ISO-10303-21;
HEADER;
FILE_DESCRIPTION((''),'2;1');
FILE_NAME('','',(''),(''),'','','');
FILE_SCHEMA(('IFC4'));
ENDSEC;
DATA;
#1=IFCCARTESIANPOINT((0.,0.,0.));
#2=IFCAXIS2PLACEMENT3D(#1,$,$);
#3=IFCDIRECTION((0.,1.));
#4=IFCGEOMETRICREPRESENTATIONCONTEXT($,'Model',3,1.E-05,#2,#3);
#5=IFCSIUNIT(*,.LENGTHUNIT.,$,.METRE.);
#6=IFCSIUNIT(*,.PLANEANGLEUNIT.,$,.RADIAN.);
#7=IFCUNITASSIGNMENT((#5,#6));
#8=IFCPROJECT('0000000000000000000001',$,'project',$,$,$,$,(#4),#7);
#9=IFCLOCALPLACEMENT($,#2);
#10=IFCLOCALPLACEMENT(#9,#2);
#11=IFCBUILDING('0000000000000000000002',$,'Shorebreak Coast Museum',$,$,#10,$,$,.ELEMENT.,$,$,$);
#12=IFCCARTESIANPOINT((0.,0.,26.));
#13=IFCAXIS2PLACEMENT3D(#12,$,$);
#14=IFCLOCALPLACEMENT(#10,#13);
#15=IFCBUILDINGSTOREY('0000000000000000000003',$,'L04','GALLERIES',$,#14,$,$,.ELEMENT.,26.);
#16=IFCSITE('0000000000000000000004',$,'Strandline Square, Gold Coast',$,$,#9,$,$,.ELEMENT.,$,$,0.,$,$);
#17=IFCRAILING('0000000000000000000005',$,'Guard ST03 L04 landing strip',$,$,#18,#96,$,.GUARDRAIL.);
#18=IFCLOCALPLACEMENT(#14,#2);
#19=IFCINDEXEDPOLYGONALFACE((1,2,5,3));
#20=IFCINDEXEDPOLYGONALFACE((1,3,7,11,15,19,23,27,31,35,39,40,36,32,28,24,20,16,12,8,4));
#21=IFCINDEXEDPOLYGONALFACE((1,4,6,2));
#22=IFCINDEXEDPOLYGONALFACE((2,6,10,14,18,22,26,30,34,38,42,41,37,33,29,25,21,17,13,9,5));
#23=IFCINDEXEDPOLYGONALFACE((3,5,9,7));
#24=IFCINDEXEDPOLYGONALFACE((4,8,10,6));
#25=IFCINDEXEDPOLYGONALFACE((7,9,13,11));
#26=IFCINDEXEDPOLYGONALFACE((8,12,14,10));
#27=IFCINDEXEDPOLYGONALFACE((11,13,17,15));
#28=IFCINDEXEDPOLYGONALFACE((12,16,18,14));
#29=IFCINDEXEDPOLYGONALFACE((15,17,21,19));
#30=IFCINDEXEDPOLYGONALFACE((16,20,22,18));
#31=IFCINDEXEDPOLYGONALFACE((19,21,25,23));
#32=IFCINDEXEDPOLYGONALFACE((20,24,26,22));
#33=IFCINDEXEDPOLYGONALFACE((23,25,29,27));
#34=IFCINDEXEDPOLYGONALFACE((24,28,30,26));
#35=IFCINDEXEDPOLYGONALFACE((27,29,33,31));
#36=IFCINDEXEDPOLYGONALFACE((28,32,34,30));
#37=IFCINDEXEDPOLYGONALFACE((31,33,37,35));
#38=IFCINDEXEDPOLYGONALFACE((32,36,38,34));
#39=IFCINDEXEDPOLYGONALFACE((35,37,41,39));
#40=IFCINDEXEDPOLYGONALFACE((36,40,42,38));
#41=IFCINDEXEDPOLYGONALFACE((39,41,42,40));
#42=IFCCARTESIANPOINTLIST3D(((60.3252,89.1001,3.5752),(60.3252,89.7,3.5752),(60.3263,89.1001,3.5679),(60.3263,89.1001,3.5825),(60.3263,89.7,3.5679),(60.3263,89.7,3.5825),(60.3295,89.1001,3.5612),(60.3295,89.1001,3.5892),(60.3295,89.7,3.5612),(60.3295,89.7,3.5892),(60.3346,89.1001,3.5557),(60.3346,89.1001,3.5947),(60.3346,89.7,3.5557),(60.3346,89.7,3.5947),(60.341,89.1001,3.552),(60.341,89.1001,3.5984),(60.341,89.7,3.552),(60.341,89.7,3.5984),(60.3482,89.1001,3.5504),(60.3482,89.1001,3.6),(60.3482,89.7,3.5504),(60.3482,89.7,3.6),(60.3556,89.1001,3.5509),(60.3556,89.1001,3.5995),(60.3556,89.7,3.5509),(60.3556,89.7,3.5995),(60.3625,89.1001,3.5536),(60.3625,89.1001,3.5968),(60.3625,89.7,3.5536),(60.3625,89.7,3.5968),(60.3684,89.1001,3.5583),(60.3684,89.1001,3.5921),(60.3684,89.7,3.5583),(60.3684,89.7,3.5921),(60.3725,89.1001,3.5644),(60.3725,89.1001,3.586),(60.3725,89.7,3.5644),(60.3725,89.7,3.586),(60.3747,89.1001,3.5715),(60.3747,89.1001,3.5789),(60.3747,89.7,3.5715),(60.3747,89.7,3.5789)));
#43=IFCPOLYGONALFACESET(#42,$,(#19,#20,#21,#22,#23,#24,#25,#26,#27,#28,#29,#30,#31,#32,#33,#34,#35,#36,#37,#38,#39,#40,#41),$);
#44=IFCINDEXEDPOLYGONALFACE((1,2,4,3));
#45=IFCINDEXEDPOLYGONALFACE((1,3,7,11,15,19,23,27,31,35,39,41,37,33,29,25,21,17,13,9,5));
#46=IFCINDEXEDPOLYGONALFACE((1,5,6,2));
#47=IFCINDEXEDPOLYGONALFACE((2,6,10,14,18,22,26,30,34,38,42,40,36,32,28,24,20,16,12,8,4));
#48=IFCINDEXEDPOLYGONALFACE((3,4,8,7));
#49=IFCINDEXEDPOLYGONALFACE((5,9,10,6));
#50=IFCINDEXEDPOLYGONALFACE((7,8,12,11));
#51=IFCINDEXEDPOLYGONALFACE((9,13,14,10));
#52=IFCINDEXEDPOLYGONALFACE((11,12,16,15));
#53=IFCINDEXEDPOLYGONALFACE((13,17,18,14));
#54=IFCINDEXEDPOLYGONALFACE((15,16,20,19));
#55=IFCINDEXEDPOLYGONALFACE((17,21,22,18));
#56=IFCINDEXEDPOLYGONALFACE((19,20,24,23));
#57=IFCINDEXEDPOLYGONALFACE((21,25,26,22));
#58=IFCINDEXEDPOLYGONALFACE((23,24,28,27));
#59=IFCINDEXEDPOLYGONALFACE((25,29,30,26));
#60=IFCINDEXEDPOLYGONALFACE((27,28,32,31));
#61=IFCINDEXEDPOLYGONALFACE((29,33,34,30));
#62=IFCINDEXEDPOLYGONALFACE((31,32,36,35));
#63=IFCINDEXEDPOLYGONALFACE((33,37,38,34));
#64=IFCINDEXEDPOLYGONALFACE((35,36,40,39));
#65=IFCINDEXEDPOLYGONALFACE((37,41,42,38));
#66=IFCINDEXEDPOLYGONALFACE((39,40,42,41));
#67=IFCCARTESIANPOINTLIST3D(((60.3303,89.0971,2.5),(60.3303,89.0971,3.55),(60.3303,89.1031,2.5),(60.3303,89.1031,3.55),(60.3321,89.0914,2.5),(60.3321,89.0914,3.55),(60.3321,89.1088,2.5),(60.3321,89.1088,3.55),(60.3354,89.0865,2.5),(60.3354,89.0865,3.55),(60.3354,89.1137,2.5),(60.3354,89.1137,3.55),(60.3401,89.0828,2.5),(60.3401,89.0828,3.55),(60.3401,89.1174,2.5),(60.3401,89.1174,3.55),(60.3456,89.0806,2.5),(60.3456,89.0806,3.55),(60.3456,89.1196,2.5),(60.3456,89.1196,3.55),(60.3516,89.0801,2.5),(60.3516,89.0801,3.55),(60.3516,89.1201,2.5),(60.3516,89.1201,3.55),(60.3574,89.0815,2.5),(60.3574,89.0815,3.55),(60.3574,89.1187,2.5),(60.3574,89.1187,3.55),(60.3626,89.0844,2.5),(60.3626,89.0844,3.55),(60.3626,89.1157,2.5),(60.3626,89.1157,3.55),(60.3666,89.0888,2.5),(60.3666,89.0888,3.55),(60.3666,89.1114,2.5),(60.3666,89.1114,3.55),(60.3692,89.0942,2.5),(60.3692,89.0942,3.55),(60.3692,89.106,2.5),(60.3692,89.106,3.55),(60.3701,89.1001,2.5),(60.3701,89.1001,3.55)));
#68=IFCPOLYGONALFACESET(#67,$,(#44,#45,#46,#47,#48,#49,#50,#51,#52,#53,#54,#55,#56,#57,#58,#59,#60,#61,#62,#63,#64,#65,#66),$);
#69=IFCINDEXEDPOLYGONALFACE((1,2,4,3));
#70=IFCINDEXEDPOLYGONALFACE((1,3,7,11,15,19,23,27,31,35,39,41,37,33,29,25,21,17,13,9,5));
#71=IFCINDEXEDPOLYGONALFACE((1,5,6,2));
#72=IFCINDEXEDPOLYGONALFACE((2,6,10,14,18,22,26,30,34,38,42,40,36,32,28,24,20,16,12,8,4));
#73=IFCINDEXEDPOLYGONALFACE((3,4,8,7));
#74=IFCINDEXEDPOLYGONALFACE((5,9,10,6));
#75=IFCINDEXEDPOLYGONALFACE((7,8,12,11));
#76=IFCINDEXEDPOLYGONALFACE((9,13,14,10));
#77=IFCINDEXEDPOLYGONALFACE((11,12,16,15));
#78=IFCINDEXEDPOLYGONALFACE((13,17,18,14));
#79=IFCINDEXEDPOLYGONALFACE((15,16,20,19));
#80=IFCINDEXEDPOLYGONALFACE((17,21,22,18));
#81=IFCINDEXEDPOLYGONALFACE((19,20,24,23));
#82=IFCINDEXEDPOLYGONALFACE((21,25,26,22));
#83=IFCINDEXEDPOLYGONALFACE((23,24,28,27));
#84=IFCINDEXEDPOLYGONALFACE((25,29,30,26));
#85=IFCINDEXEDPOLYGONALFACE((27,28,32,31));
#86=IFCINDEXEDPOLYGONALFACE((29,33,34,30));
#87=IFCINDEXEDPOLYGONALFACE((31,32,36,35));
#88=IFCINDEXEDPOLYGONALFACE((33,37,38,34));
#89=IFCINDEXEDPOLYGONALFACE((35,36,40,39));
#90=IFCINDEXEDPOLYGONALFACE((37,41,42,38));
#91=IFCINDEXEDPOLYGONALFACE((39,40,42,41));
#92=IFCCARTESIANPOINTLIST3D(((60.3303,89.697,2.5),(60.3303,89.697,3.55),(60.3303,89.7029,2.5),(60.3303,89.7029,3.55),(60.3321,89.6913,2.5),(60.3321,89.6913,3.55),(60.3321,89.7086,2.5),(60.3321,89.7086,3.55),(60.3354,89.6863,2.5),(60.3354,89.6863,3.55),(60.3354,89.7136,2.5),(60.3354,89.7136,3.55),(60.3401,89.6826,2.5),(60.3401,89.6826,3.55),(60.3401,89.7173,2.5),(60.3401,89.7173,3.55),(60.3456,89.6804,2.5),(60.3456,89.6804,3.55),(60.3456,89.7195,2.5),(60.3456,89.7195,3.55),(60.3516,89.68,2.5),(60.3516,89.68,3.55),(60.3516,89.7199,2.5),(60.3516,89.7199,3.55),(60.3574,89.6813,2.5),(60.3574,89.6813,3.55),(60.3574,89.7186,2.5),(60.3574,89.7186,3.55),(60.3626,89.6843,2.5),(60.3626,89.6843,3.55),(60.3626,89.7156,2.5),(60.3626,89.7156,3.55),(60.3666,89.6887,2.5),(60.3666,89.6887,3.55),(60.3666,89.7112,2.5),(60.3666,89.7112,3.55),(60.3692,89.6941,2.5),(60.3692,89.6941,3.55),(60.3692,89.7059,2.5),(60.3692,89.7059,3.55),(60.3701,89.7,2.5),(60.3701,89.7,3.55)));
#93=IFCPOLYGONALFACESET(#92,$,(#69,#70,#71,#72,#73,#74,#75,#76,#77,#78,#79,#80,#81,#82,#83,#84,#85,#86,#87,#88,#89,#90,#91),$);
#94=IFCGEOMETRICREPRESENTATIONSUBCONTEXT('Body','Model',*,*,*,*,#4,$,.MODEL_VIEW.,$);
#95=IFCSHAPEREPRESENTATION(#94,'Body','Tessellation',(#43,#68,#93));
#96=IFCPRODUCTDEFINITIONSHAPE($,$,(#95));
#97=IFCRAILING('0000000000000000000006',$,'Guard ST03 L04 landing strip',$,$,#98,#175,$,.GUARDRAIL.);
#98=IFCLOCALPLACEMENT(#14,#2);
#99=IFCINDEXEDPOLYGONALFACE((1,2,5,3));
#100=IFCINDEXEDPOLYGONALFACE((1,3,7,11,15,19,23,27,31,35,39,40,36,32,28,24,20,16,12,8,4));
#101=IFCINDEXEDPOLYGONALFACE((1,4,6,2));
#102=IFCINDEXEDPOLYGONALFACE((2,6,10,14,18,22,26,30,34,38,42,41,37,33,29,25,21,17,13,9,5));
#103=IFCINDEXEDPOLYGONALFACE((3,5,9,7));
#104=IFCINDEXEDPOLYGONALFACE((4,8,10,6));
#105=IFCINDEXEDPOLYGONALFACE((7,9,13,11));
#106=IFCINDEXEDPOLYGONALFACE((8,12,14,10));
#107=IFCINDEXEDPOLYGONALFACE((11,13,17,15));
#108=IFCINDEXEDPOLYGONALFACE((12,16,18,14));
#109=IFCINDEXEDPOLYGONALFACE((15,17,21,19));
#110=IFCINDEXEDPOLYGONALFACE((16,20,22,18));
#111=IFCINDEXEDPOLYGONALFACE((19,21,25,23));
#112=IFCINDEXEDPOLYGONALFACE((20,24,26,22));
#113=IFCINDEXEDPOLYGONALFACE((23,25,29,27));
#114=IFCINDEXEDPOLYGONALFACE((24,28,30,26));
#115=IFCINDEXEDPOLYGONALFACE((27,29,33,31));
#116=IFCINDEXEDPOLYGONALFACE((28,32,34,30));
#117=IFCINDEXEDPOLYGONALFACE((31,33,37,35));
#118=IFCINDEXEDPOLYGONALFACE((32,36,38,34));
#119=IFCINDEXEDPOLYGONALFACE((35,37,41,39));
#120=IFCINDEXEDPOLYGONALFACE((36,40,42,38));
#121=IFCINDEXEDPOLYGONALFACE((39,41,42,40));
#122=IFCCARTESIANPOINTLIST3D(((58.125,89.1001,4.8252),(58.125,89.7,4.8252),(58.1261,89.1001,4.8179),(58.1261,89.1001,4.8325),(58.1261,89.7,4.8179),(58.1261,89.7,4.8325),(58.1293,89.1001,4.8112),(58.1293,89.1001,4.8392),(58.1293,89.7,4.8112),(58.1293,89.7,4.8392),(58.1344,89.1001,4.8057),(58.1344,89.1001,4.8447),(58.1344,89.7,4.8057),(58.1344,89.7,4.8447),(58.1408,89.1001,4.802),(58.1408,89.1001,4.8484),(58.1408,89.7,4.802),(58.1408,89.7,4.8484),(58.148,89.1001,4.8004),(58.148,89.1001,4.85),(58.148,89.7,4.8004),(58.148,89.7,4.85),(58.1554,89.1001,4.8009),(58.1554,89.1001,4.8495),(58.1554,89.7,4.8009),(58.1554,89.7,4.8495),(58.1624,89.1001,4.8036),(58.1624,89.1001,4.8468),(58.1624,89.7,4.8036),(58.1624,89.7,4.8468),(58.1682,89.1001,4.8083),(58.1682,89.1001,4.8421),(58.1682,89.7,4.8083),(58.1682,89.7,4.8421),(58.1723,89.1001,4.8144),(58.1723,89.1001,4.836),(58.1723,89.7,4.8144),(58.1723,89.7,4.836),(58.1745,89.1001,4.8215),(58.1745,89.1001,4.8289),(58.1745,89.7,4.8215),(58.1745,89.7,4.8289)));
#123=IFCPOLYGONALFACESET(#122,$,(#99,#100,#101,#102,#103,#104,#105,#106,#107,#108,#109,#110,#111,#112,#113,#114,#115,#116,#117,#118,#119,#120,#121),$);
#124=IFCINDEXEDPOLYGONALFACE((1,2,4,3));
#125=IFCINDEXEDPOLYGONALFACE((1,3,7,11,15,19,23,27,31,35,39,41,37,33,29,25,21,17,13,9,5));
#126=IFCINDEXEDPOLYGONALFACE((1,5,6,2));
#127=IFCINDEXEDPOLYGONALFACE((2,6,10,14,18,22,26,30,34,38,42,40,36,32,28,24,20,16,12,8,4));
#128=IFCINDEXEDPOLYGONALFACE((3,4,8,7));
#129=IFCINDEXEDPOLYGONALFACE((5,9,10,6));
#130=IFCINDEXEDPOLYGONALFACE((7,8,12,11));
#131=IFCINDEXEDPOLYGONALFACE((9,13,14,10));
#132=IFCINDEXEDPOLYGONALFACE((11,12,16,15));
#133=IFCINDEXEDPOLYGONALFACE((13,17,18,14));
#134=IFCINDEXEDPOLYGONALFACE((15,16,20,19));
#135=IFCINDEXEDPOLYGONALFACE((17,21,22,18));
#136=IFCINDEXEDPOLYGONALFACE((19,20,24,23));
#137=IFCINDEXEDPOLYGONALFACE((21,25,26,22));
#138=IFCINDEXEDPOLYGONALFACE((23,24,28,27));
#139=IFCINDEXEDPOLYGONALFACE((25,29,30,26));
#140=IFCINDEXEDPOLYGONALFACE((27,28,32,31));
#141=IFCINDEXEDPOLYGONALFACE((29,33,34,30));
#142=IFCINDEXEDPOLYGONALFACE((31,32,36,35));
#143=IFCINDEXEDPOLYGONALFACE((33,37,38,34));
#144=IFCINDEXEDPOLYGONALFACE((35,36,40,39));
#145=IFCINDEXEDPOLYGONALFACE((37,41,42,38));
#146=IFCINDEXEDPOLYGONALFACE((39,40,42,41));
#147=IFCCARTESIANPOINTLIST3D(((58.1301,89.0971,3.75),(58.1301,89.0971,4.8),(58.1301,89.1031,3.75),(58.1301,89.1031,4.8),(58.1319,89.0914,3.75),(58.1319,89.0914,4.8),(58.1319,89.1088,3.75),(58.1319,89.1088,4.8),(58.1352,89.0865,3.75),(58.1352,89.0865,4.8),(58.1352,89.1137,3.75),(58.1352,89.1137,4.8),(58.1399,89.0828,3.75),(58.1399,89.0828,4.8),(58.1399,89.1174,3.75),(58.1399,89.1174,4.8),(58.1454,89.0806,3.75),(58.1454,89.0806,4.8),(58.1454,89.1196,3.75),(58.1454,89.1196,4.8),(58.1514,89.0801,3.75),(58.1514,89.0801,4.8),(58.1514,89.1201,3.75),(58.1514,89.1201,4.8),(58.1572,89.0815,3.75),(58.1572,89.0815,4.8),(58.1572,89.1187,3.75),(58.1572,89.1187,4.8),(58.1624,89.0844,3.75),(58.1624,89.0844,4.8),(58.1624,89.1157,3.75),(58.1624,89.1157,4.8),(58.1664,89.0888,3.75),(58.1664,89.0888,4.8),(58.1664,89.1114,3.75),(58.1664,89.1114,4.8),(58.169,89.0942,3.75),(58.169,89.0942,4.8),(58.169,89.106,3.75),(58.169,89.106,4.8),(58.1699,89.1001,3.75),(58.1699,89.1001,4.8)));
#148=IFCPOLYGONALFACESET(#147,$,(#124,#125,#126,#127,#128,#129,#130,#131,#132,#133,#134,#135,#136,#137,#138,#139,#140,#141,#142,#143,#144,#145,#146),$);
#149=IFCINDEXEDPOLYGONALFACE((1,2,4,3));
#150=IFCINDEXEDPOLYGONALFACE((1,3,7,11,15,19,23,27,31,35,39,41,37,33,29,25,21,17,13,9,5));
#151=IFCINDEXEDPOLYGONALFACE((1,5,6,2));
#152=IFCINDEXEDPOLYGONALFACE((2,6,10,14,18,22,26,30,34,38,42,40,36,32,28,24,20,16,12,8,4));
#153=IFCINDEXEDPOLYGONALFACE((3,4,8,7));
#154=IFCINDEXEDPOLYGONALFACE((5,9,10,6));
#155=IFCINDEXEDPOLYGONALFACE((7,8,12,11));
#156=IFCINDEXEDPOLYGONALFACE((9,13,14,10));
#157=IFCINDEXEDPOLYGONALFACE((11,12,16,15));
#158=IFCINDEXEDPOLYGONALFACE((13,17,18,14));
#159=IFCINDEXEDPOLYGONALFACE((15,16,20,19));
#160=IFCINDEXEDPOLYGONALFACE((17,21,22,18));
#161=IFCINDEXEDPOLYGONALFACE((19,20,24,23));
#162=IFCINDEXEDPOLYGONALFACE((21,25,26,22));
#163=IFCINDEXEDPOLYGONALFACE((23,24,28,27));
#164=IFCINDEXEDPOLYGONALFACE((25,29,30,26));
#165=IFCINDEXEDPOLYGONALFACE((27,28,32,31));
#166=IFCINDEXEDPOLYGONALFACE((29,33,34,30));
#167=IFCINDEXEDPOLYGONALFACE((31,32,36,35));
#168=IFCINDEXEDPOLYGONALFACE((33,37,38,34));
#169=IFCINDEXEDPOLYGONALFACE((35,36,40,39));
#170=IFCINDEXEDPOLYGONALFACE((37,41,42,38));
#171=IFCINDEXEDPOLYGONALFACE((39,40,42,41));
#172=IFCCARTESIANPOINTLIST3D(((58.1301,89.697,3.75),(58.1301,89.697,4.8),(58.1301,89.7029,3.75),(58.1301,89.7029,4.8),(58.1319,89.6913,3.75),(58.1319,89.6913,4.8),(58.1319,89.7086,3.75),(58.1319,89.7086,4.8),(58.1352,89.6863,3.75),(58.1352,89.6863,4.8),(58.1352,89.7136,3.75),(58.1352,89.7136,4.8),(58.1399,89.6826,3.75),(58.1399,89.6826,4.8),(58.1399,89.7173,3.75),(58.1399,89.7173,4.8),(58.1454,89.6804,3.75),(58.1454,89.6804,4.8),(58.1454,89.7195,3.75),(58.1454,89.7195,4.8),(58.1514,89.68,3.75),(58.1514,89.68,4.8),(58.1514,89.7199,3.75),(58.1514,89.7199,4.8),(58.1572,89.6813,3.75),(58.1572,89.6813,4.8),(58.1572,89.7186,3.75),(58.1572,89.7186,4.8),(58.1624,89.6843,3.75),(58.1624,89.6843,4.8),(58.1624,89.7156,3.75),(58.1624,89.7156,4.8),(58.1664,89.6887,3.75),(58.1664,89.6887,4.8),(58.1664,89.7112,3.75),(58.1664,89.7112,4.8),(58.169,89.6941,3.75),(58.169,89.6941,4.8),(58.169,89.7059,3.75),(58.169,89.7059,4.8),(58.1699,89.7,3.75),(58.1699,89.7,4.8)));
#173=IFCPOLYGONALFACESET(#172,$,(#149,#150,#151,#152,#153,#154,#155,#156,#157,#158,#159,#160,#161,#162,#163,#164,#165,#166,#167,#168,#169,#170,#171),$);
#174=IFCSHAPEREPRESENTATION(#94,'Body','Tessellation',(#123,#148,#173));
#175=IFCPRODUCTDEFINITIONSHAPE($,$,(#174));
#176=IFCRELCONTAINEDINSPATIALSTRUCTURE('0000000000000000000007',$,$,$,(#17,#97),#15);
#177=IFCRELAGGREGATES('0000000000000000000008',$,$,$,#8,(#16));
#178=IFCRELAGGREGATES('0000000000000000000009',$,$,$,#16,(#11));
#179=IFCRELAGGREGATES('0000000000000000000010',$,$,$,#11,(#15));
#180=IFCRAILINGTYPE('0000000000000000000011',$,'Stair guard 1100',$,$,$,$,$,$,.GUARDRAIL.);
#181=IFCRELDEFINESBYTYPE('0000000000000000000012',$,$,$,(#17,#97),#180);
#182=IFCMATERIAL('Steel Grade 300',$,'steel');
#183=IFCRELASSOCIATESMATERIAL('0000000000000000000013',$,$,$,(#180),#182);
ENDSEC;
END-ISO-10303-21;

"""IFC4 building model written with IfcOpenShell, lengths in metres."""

from ifc_helpers import new_model, si_unit, direction, frame, origin, origin_2d, place, context, subcontext, project, spatial, circle, extrude, material, type_object, element, save


model = new_model("IFC4")

# Units and contexts
model_context = context("Model", 3, precision=1e-05, world=origin(), true_north=direction((0.0, 1.0)))
body_context = subcontext(model_context, "Body", "Model", "MODEL_VIEW")
ifc_project = project(units=[si_unit("LENGTHUNIT", "METRE"), si_unit("PLANEANGLEUNIT", "RADIAN")], contexts=[model_context])

# Site, building, storey
site_placement = place(None, origin())
site = spatial("IfcSite", under=ifc_project, at=site_placement, Name="Strandline Square, Gold Coast", CompositionType="ELEMENT", RefElevation=0.0)
building_placement = place(site_placement, origin())
building = spatial("IfcBuilding", under=site, at=building_placement, Name="Shorebreak Coast Museum", CompositionType="ELEMENT")
storey_placement = place(building_placement, frame((0.0, 0.0, 26.0)))
storey = spatial("IfcBuildingStorey", under=building, at=storey_placement, Name="L04", Description="GALLERIES", CompositionType="ELEMENT", Elevation=26.0)

# Railings
ifc_material_1 = material(Name="Steel Grade 300", Category="steel")
railing_type_1 = type_object("IfcRailingType", Name="Stair guard 1100", PredefinedType="GUARDRAIL", material=ifc_material_1)
for number, where, name in (
    (1, (60.3501, 89.1001, 2.5), "Guard ST03 L04 landing strip"),
    (2, (58.1499, 89.1001, 3.75), "Guard ST03 L04 landing strip"),
):
    element("IfcRailing", number, at=place(storey_placement, frame(where)), inside=storey, type_object=railing_type_1, Name=name, PredefinedType="GUARDRAIL", context=body_context, shape_type="SweptSolid", body=[
        extrude(circle(Radius=0.0249, at=origin_2d()), frame((0.0, 0.0, 1.0752), z_axis=(0.0, 1.0, 0.0), x_axis=(-1.0, 0.0, 0.0)), (0.0, 0.0, 1.0), 0.5999),
        extrude(circle(Radius=0.02, at=origin_2d()), origin(), (0.0, 0.0, 1.0), 1.05),
        extrude(circle(Radius=0.02, at=origin_2d()), frame((0.0, 0.5999, 0.0)), (0.0, 0.0, 1.0), 1.05),
    ])

save(model, "model.ifc")
